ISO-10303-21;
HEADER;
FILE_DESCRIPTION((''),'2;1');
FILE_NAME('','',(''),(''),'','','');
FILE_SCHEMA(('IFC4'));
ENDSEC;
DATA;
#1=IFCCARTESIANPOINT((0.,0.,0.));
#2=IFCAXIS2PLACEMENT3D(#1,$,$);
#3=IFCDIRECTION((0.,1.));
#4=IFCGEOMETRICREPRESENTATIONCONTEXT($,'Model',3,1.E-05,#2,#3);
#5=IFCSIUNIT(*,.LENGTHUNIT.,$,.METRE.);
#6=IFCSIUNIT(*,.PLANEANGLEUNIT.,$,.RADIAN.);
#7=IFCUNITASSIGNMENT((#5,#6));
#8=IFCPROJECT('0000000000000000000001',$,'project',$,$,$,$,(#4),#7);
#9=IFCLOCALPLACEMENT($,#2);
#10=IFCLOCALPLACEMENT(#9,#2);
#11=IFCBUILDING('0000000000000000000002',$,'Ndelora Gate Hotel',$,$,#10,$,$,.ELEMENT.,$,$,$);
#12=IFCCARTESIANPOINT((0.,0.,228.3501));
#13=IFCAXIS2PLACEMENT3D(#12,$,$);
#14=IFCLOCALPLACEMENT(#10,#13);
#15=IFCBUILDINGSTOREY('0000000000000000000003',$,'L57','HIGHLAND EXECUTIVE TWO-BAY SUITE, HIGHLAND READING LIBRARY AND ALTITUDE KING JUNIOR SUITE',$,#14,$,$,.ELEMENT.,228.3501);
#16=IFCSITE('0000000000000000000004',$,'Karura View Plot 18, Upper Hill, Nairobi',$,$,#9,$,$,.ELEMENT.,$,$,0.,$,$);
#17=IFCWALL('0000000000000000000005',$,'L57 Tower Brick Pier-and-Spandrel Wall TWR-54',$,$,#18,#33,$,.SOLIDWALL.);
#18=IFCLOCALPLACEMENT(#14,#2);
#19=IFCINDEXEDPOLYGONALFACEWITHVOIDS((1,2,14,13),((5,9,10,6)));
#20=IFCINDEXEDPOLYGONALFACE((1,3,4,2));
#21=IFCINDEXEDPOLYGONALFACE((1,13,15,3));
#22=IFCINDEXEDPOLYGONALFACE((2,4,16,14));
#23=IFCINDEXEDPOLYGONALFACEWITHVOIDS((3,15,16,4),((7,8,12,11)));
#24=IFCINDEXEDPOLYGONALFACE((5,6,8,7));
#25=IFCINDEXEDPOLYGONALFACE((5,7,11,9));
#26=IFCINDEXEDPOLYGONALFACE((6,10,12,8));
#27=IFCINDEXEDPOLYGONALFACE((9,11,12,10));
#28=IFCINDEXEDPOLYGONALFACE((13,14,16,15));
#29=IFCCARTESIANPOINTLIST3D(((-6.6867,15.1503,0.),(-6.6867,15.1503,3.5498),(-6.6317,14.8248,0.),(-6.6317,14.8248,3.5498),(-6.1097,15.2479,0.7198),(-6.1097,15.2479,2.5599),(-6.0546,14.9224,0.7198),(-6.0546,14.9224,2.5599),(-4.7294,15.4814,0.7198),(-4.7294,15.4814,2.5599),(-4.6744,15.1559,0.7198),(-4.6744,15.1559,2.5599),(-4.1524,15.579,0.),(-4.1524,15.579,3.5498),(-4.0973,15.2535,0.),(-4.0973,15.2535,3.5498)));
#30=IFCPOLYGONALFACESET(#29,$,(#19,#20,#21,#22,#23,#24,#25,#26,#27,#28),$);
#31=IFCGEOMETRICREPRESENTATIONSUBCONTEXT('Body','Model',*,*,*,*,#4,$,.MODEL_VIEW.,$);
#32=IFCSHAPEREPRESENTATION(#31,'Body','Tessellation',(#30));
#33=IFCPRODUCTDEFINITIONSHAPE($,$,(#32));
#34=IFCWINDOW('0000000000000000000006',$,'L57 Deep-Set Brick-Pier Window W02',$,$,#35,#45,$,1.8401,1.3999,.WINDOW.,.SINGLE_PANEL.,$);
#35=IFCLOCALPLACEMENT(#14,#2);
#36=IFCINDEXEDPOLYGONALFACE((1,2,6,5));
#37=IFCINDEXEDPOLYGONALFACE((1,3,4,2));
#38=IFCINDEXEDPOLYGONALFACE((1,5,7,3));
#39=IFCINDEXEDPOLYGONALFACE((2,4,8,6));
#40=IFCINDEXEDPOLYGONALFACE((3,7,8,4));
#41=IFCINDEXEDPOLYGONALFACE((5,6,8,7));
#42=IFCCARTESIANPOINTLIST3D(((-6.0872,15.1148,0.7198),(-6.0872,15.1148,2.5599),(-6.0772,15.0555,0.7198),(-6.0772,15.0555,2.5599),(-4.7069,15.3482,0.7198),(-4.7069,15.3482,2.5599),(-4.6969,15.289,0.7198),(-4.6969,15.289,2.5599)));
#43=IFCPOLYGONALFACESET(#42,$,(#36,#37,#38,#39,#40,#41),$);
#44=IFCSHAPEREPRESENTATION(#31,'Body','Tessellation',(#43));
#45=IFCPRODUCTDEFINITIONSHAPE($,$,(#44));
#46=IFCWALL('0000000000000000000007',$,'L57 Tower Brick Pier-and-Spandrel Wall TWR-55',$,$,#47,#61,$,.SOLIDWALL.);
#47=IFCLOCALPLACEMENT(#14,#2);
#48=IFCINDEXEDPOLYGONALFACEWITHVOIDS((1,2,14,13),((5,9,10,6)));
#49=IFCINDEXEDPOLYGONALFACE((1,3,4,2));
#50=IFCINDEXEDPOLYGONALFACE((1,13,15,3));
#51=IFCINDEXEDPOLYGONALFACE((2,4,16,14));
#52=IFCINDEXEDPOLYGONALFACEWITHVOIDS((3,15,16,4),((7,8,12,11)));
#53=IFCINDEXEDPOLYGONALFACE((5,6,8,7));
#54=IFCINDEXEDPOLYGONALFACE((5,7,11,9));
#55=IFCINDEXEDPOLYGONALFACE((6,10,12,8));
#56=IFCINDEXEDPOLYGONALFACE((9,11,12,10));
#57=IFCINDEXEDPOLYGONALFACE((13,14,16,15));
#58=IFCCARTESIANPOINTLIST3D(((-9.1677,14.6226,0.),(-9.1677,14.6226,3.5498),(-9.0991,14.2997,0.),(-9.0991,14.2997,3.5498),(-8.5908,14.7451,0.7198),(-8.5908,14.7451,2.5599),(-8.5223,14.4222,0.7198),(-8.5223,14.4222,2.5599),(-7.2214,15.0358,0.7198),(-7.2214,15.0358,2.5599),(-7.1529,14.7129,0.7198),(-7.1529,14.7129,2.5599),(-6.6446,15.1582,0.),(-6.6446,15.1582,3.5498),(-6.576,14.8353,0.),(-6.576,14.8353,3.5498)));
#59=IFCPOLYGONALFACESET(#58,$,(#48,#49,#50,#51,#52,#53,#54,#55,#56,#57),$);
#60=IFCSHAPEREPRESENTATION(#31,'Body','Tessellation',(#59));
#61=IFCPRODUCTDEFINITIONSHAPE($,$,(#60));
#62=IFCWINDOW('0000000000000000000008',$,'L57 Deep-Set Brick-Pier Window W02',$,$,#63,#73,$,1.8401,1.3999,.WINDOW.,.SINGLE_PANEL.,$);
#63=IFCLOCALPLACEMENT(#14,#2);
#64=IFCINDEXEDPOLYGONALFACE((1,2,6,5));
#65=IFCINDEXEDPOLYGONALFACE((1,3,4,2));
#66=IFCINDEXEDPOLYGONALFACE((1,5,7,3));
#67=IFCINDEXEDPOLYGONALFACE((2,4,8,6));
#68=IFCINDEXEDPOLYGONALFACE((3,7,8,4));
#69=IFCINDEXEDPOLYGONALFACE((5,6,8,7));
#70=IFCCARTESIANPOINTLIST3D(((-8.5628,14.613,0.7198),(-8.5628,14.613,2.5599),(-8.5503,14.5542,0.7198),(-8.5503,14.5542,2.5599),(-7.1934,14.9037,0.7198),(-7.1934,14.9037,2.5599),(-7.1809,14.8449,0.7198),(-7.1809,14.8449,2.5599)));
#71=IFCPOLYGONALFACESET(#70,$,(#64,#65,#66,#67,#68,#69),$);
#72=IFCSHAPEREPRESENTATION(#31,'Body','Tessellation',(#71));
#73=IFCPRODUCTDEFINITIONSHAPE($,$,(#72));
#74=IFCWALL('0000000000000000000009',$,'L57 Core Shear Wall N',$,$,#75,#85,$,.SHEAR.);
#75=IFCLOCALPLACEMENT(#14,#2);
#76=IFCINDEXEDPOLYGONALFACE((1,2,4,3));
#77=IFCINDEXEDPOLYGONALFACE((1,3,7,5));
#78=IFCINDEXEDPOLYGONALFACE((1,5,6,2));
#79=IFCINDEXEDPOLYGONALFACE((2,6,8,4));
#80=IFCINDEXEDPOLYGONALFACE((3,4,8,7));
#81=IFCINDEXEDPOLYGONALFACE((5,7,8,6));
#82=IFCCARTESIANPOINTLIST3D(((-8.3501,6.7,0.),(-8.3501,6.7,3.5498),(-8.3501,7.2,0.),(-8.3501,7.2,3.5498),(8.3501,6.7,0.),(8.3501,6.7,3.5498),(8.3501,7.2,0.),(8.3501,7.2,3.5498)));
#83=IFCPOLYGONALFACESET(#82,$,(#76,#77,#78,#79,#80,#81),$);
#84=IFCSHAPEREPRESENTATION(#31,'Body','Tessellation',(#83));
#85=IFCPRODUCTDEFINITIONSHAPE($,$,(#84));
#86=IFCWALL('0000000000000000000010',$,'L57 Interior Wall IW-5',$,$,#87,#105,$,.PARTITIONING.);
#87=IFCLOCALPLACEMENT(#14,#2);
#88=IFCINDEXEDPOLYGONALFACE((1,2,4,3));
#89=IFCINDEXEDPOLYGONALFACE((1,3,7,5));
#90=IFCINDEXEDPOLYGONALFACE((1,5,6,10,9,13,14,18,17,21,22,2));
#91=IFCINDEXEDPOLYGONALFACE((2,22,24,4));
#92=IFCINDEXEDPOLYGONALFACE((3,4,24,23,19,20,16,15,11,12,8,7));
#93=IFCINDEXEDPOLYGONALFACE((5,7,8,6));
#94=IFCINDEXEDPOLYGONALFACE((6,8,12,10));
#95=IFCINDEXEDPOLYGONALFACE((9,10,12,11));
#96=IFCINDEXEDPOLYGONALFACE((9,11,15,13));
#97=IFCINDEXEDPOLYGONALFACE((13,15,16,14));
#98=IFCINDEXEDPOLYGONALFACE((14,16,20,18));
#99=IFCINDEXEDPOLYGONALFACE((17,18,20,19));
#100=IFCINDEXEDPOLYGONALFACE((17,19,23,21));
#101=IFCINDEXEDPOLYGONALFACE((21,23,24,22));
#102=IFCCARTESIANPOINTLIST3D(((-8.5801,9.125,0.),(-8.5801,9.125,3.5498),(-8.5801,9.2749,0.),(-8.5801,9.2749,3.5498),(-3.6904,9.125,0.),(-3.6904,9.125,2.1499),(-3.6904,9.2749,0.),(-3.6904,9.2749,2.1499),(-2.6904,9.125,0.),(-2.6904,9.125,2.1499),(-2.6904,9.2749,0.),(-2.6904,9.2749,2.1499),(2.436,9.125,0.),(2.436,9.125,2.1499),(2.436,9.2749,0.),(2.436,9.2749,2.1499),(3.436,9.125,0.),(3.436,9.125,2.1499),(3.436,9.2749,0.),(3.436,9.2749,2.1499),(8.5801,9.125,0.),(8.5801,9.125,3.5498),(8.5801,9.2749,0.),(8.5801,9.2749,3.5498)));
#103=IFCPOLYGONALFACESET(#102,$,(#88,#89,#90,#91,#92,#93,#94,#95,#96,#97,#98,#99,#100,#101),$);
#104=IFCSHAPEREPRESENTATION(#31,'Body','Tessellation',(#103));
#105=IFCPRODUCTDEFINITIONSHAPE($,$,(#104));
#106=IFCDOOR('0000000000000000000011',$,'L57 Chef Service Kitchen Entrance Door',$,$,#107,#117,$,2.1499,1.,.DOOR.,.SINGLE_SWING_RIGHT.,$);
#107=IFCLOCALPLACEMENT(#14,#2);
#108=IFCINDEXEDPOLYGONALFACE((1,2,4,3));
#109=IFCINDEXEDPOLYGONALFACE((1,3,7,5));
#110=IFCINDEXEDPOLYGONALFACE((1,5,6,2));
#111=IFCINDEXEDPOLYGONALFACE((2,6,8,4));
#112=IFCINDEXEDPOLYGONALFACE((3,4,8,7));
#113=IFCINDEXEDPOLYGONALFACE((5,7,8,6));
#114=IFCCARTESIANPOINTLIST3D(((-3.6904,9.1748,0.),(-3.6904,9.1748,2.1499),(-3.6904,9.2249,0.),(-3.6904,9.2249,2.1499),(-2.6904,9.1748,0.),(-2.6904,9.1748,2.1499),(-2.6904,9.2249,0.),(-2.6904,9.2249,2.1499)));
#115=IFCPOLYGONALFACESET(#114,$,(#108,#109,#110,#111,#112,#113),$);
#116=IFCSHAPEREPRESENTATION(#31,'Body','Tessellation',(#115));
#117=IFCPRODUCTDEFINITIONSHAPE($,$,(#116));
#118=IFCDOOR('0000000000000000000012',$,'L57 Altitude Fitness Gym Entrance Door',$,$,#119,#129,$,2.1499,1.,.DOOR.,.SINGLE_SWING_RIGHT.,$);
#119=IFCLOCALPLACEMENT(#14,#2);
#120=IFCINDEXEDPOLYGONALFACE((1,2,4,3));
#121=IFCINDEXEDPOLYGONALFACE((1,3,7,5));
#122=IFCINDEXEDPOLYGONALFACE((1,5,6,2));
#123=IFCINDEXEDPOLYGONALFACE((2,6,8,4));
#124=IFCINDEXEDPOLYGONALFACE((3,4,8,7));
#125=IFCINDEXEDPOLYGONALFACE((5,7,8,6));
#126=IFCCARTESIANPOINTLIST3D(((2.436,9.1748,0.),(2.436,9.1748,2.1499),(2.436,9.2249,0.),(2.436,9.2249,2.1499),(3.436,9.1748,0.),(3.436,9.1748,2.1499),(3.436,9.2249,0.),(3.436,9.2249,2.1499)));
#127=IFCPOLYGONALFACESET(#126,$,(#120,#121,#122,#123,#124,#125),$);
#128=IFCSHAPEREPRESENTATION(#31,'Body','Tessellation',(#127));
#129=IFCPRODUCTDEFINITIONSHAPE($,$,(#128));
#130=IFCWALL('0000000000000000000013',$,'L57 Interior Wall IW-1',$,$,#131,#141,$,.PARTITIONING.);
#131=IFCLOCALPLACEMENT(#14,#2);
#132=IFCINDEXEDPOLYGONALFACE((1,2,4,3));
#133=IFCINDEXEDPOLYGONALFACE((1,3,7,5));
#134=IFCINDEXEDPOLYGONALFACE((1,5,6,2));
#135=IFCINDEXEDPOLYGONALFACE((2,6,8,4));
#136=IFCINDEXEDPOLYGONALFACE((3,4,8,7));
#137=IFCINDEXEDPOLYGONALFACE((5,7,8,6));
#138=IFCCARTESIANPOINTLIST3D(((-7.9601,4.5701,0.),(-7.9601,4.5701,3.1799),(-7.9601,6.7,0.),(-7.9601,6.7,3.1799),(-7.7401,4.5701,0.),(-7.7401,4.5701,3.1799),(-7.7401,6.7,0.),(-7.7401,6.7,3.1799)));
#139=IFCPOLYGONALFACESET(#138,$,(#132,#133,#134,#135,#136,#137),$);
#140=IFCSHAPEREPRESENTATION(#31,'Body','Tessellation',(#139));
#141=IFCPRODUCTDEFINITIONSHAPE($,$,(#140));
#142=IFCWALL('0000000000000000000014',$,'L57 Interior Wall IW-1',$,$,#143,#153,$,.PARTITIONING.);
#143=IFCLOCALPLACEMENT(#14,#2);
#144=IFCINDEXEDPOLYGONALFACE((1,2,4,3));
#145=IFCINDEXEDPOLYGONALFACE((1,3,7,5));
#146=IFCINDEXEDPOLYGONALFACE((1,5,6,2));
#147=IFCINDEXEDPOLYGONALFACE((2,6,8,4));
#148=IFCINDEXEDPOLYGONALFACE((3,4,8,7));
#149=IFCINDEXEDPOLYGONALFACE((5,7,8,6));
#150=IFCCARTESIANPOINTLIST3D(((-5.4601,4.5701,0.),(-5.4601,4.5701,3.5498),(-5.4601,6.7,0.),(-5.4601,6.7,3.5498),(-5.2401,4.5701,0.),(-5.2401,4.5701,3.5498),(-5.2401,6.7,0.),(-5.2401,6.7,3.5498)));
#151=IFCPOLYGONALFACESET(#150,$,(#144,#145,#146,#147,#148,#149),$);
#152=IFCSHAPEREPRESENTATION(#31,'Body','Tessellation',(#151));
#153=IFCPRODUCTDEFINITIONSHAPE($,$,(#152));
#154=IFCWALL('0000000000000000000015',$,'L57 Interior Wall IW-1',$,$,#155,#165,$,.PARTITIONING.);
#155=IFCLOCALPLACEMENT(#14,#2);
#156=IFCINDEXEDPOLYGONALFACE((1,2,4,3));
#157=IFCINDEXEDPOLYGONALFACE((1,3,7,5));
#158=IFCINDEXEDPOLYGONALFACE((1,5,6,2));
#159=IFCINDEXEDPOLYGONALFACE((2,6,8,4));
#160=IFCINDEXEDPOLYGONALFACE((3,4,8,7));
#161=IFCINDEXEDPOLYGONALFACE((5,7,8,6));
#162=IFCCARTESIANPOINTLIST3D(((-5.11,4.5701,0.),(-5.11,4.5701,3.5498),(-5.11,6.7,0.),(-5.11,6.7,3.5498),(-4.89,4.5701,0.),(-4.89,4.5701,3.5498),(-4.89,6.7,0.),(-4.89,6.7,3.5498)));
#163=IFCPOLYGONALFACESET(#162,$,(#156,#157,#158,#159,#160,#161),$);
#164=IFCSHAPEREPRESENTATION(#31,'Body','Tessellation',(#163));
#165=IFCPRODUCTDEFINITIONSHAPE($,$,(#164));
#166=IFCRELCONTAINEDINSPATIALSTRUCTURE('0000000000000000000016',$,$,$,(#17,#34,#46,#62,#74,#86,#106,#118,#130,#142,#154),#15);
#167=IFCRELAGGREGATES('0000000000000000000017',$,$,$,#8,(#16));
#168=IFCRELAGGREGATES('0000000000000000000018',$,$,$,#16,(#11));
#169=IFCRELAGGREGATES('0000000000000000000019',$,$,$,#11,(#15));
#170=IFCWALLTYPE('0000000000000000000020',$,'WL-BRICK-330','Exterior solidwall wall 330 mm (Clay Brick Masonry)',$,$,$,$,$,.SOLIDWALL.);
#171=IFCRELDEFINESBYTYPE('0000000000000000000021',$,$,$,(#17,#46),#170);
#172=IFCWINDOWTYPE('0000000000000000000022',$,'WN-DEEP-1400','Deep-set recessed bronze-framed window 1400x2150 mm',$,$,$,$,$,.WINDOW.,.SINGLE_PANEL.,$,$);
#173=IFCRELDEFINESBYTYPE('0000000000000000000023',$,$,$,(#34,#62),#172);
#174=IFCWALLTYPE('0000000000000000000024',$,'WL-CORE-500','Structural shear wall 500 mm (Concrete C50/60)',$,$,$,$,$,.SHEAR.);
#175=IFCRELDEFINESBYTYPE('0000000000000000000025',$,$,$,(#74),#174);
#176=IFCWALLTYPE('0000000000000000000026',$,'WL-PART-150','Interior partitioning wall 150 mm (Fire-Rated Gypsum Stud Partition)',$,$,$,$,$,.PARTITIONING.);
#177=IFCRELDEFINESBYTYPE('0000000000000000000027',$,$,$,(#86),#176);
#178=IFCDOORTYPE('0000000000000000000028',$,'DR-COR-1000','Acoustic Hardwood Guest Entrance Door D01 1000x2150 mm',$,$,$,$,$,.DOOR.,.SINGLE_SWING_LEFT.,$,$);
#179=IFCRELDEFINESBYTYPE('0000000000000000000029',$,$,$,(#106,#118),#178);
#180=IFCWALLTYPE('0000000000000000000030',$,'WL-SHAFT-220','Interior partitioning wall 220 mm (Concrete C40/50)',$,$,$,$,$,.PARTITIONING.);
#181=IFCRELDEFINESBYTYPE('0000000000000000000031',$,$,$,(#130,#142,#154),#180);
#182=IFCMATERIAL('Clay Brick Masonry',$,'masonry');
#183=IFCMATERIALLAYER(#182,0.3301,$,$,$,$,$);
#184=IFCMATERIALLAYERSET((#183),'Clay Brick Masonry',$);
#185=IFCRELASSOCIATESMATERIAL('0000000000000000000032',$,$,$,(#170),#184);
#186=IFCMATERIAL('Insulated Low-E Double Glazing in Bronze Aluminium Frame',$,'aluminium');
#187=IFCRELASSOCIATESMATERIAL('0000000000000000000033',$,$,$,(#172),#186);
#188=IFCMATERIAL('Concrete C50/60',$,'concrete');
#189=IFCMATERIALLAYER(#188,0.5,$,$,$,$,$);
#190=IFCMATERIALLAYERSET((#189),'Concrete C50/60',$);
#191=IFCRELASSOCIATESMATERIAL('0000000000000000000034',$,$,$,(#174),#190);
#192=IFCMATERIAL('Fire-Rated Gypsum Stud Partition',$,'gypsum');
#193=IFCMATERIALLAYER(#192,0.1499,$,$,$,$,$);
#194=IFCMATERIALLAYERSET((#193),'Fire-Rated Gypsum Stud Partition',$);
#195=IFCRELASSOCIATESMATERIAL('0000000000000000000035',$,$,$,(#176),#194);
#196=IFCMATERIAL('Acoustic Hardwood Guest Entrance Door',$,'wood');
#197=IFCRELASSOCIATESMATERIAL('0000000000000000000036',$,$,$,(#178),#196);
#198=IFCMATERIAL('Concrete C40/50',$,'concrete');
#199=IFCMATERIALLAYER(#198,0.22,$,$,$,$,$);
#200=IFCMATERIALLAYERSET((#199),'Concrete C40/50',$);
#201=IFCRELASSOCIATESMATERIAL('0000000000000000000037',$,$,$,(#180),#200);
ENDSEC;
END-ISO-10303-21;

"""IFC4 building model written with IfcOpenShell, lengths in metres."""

from ifc_helpers import new_model, si_unit, direction, frame, frame_2d, origin, place, context, subcontext, project, spatial, rectangle, extrude, material, layer, layer_set, type_object, element, fill, save


model = new_model("IFC4")

# Units and contexts
model_context = context("Model", 3, precision=1e-05, world=origin(), true_north=direction((0.0, 1.0)))
body_context = subcontext(model_context, "Body", "Model", "MODEL_VIEW")
ifc_project = project(units=[si_unit("LENGTHUNIT", "METRE"), si_unit("PLANEANGLEUNIT", "RADIAN")], contexts=[model_context])

# Site, building, storey
site_placement = place(None, origin())
site = spatial("IfcSite", under=ifc_project, at=site_placement, Name="Karura View Plot 18, Upper Hill, Nairobi", CompositionType="ELEMENT", RefElevation=0.0)
building_placement = place(site_placement, origin())
building = spatial("IfcBuilding", under=site, at=building_placement, Name="Ndelora Gate Hotel", CompositionType="ELEMENT")
storey_placement = place(building_placement, frame((0.0, 0.0, 228.3501)))
storey = spatial("IfcBuildingStorey", under=building, at=storey_placement, Name="L57", Description="HIGHLAND EXECUTIVE TWO-BAY SUITE, HIGHLAND READING LIBRARY AND ALTITUDE KING JUNIOR SUITE", CompositionType="ELEMENT", Elevation=228.3501)

# Shared definitions
ifc_material_1 = material(Name="Concrete C50/60", Category="concrete")

# Walls, openings, windows
ifc_material_2 = material(Name="Clay Brick Masonry", Category="masonry")
ifc_layer_1 = layer(ifc_material_2, 0.3301)
ifc_layer_set_1 = layer_set([ifc_layer_1], Name="Clay Brick Masonry")
wall_type_1 = type_object("IfcWallType", Name="WL-BRICK-330", Description="Exterior solidwall wall 330 mm (Clay Brick Masonry)", PredefinedType="SOLIDWALL", material=ifc_layer_set_1)
ifc_material_3 = material(Name="Insulated Low-E Double Glazing in Bronze Aluminium Frame", Category="aluminium")
window_type = type_object("IfcWindowType", Name="WN-DEEP-1400", Description="Deep-set recessed bronze-framed window 1400x2150 mm", PartitioningType="SINGLE_PANEL", PredefinedType="WINDOW", material=ifc_material_3)
wall_1_placement = place(storey_placement, frame((-6.6592, 14.9875, 0.0), z_axis=(0.0, 0.0, 1.0), x_axis=(0.985993, 0.166786, 0.0)))
wall_1 = element("IfcWall", 1, at=wall_1_placement, inside=storey, type_object=wall_type_1, Name="L57 Tower Brick Pier-and-Spandrel Wall TWR-54", PredefinedType="SOLIDWALL", context=body_context, shape_type="SweptSolid", body=[
    extrude(rectangle(XDim=2.5703, YDim=0.3301, at=frame_2d((1.2852, 0.0))), origin(), (0.0, 0.0, 1.0), 3.5498),
])
opening_1_placement = place(wall_1_placement, frame((0.5852, 0.0, 0.72)))
opening_1 = element("IfcOpeningElement", 2, at=opening_1_placement, cuts=wall_1, PredefinedType="OPENING", context=body_context, shape_type="SweptSolid", body=[
    extrude(rectangle(XDim=1.3999, YDim=1.8401, at=frame_2d((0.7, 0.9199))), frame((0.0, 0.175, 0.0), z_axis=(0.0, -1.0, 0.0), x_axis=(1.0, 0.0, 0.0)), (0.0, 0.0, 1.0), 0.3501),
])
window_1_placement = place(opening_1_placement, origin())
window_1 = element("IfcWindow", 3, at=window_1_placement, inside=storey, type_object=window_type, Name="L57 Deep-Set Brick-Pier Window W02", OverallHeight=1.8401, OverallWidth=1.3999, PartitioningType="SINGLE_PANEL", PredefinedType="WINDOW", context=body_context, shape_type="SweptSolid", body=[
    extrude(rectangle(XDim=1.3999, YDim=1.8401, at=frame_2d((0.7, 0.9199))), frame((0.0, 0.03, 0.0), z_axis=(0.0, -1.0, 0.0), x_axis=(1.0, 0.0, 0.0)), (0.0, 0.0, 1.0), 0.0601),
])
fill(opening_1, window_1)
wall_2_placement = place(storey_placement, frame((-9.1333, 14.4612, 0.0), z_axis=(0.0, 0.0, 1.0), x_axis=(0.978201, 0.207661, 0.0)))
wall_2 = element("IfcWall", 4, at=wall_2_placement, inside=storey, type_object=wall_type_1, Name="L57 Tower Brick Pier-and-Spandrel Wall TWR-55", PredefinedType="SOLIDWALL", context=body_context, shape_type="SweptSolid", body=[
    extrude(rectangle(XDim=2.5793, YDim=0.3301, at=frame_2d((1.2896, 0.0))), origin(), (0.0, 0.0, 1.0), 3.5498),
])
opening_2_placement = place(wall_2_placement, frame((0.5896, 0.0, 0.72)))
opening_2 = element("IfcOpeningElement", 5, at=opening_2_placement, cuts=wall_2, PredefinedType="OPENING", context=body_context, shape_type="SweptSolid", body=[
    extrude(rectangle(XDim=1.3999, YDim=1.8401, at=frame_2d((0.7, 0.9199))), frame((0.0, 0.175, 0.0), z_axis=(0.0, -1.0, 0.0), x_axis=(1.0, 0.0, 0.0)), (0.0, 0.0, 1.0), 0.3501),
])
window_2_placement = place(opening_2_placement, origin())
window_2 = element("IfcWindow", 6, at=window_2_placement, inside=storey, type_object=window_type, Name="L57 Deep-Set Brick-Pier Window W02", OverallHeight=1.8401, OverallWidth=1.3999, PartitioningType="SINGLE_PANEL", PredefinedType="WINDOW", context=body_context, shape_type="SweptSolid", body=[
    extrude(rectangle(XDim=1.3999, YDim=1.8401, at=frame_2d((0.7, 0.9199))), frame((0.0, 0.03, 0.0), z_axis=(0.0, -1.0, 0.0), x_axis=(1.0, 0.0, 0.0)), (0.0, 0.0, 1.0), 0.0601),
])
fill(opening_2, window_2)

# Wall
ifc_layer_2 = layer(ifc_material_1, 0.5)
ifc_layer_set_2 = layer_set([ifc_layer_2], Name="Concrete C50/60")
wall_type_2 = type_object("IfcWallType", Name="WL-CORE-500", Description="Structural shear wall 500 mm (Concrete C50/60)", PredefinedType="SHEAR", material=ifc_layer_set_2)
wall_3_placement = place(storey_placement, frame((-8.3501, 6.95, 0.0), z_axis=(0.0, 0.0, 1.0), x_axis=(1.0, 0.0, 0.0)))
element("IfcWall", 7, at=wall_3_placement, inside=storey, type_object=wall_type_2, Name="L57 Core Shear Wall N", PredefinedType="SHEAR", context=body_context, shape_type="SweptSolid", body=[
    extrude(rectangle(XDim=16.7002, YDim=0.5, at=frame_2d((8.3501, 0.0))), origin(), (0.0, 0.0, 1.0), 3.5498),
])

# Wall, openings, doors
ifc_material_4 = material(Name="Fire-Rated Gypsum Stud Partition", Category="gypsum")
ifc_layer_3 = layer(ifc_material_4, 0.1499)
ifc_layer_set_3 = layer_set([ifc_layer_3], Name="Fire-Rated Gypsum Stud Partition")
wall_type_3 = type_object("IfcWallType", Name="WL-PART-150", Description="Interior partitioning wall 150 mm (Fire-Rated Gypsum Stud Partition)", PredefinedType="PARTITIONING", material=ifc_layer_set_3)
wall_4_placement = place(storey_placement, frame((-8.5801, 9.2, 0.0), z_axis=(0.0, 0.0, 1.0), x_axis=(1.0, 0.0, 0.0)))
wall_4 = element("IfcWall", 8, at=wall_4_placement, inside=storey, type_object=wall_type_3, Name="L57 Interior Wall IW-5", PredefinedType="PARTITIONING", context=body_context, shape_type="SweptSolid", body=[
    extrude(rectangle(XDim=17.1602, YDim=0.1499, at=frame_2d((8.5801, 0.0))), origin(), (0.0, 0.0, 1.0), 3.5498),
])
opening_3_placement = place(wall_4_placement, frame((4.8896, 0.0, 0.0)))
opening_3 = element("IfcOpeningElement", 9, at=opening_3_placement, cuts=wall_4, PredefinedType="OPENING", context=body_context, shape_type="SweptSolid", body=[
    extrude(rectangle(XDim=1.0, YDim=2.1499, at=frame_2d((0.5, 1.075))), frame((0.0, 0.085, 0.0), z_axis=(0.0, -1.0, 0.0), x_axis=(1.0, 0.0, 0.0)), (0.0, 0.0, 1.0), 0.1699),
])
opening_4_placement = place(wall_4_placement, frame((11.0161, 0.0, 0.0)))
opening_4 = element("IfcOpeningElement", 10, at=opening_4_placement, cuts=wall_4, PredefinedType="OPENING", context=body_context, shape_type="SweptSolid", body=[
    extrude(rectangle(XDim=1.0, YDim=2.1499, at=frame_2d((0.5, 1.075))), frame((0.0, 0.085, 0.0), z_axis=(0.0, -1.0, 0.0), x_axis=(1.0, 0.0, 0.0)), (0.0, 0.0, 1.0), 0.1699),
])
ifc_material_5 = material(Name="Acoustic Hardwood Guest Entrance Door", Category="wood")
door_type_1 = type_object("IfcDoorType", Name="DR-COR-1000", Description="Acoustic Hardwood Guest Entrance Door D01 1000x2150 mm", OperationType="SINGLE_SWING_LEFT", PredefinedType="DOOR", material=ifc_material_5)
door_1_placement = place(opening_3_placement, origin())
door_1 = element("IfcDoor", 11, at=door_1_placement, inside=storey, type_object=door_type_1, Name="L57 Chef Service Kitchen Entrance Door", OperationType="SINGLE_SWING_RIGHT", OverallHeight=2.1499, OverallWidth=1.0, PredefinedType="DOOR", context=body_context, shape_type="SweptSolid", body=[
    extrude(rectangle(XDim=1.0, YDim=2.1499, at=frame_2d((0.5, 1.075))), frame((0.0, 0.0249, 0.0), z_axis=(0.0, -1.0, 0.0), x_axis=(1.0, 0.0, 0.0)), (0.0, 0.0, 1.0), 0.05),
])
fill(opening_3, door_1)
door_2_placement = place(opening_4_placement, origin())
door_2 = element("IfcDoor", 12, at=door_2_placement, inside=storey, type_object=door_type_1, Name="L57 Altitude Fitness Gym Entrance Door", OperationType="SINGLE_SWING_RIGHT", OverallHeight=2.1499, OverallWidth=1.0, PredefinedType="DOOR", context=body_context, shape_type="SweptSolid", body=[
    extrude(rectangle(XDim=1.0, YDim=2.1499, at=frame_2d((0.5, 1.075))), frame((0.0, 0.0249, 0.0), z_axis=(0.0, -1.0, 0.0), x_axis=(1.0, 0.0, 0.0)), (0.0, 0.0, 1.0), 0.05),
])
fill(opening_4, door_2)

# Walls
ifc_material_6 = material(Name="Concrete C40/50", Category="concrete")
ifc_layer_4 = layer(ifc_material_6, 0.22)
ifc_layer_set_4 = layer_set([ifc_layer_4], Name="Concrete C40/50")
wall_type_4 = type_object("IfcWallType", Name="WL-SHAFT-220", Description="Interior partitioning wall 220 mm (Concrete C40/50)", PredefinedType="PARTITIONING", material=ifc_layer_set_4)
wall_5_placement = place(storey_placement, frame((-7.8501, 4.5701, 0.0), z_axis=(0.0, 0.0, 1.0), x_axis=(0.0, 1.0, 0.0)))
element("IfcWall", 13, at=wall_5_placement, inside=storey, type_object=wall_type_4, Name="L57 Interior Wall IW-1", PredefinedType="PARTITIONING", context=body_context, shape_type="SweptSolid", body=[
    extrude(rectangle(XDim=2.1299, YDim=0.22, at=frame_2d((1.0649, 0.0))), origin(), (0.0, 0.0, 1.0), 3.1799),
])
wall_6_placement = place(storey_placement, frame((-5.3501, 4.5701, 0.0), z_axis=(0.0, 0.0, 1.0), x_axis=(0.0, 1.0, 0.0)))
element("IfcWall", 14, at=wall_6_placement, inside=storey, type_object=wall_type_4, Name="L57 Interior Wall IW-1", PredefinedType="PARTITIONING", context=body_context, shape_type="SweptSolid", body=[
    extrude(rectangle(XDim=2.1299, YDim=0.22, at=frame_2d((1.0649, 0.0))), origin(), (0.0, 0.0, 1.0), 3.5498),
])

# Wall
for number, where, z_axis, x_axis, name in (
    (15, (-5.0, 4.5701, 0.0), (0.0, 0.0, 1.0), (0.0, 1.0, 0.0), "L57 Interior Wall IW-1"),
):
    element("IfcWall", number, at=place(storey_placement, frame(where, z_axis=z_axis, x_axis=x_axis)), inside=storey, type_object=wall_type_4, Name=name, PredefinedType="PARTITIONING", context=body_context, shape_type="SweptSolid", body=[
        extrude(rectangle(XDim=2.1299, YDim=0.22, at=frame_2d((1.0649, 0.0))), origin(), (0.0, 0.0, 1.0), 3.5498),
    ])

save(model, "model.ifc")
